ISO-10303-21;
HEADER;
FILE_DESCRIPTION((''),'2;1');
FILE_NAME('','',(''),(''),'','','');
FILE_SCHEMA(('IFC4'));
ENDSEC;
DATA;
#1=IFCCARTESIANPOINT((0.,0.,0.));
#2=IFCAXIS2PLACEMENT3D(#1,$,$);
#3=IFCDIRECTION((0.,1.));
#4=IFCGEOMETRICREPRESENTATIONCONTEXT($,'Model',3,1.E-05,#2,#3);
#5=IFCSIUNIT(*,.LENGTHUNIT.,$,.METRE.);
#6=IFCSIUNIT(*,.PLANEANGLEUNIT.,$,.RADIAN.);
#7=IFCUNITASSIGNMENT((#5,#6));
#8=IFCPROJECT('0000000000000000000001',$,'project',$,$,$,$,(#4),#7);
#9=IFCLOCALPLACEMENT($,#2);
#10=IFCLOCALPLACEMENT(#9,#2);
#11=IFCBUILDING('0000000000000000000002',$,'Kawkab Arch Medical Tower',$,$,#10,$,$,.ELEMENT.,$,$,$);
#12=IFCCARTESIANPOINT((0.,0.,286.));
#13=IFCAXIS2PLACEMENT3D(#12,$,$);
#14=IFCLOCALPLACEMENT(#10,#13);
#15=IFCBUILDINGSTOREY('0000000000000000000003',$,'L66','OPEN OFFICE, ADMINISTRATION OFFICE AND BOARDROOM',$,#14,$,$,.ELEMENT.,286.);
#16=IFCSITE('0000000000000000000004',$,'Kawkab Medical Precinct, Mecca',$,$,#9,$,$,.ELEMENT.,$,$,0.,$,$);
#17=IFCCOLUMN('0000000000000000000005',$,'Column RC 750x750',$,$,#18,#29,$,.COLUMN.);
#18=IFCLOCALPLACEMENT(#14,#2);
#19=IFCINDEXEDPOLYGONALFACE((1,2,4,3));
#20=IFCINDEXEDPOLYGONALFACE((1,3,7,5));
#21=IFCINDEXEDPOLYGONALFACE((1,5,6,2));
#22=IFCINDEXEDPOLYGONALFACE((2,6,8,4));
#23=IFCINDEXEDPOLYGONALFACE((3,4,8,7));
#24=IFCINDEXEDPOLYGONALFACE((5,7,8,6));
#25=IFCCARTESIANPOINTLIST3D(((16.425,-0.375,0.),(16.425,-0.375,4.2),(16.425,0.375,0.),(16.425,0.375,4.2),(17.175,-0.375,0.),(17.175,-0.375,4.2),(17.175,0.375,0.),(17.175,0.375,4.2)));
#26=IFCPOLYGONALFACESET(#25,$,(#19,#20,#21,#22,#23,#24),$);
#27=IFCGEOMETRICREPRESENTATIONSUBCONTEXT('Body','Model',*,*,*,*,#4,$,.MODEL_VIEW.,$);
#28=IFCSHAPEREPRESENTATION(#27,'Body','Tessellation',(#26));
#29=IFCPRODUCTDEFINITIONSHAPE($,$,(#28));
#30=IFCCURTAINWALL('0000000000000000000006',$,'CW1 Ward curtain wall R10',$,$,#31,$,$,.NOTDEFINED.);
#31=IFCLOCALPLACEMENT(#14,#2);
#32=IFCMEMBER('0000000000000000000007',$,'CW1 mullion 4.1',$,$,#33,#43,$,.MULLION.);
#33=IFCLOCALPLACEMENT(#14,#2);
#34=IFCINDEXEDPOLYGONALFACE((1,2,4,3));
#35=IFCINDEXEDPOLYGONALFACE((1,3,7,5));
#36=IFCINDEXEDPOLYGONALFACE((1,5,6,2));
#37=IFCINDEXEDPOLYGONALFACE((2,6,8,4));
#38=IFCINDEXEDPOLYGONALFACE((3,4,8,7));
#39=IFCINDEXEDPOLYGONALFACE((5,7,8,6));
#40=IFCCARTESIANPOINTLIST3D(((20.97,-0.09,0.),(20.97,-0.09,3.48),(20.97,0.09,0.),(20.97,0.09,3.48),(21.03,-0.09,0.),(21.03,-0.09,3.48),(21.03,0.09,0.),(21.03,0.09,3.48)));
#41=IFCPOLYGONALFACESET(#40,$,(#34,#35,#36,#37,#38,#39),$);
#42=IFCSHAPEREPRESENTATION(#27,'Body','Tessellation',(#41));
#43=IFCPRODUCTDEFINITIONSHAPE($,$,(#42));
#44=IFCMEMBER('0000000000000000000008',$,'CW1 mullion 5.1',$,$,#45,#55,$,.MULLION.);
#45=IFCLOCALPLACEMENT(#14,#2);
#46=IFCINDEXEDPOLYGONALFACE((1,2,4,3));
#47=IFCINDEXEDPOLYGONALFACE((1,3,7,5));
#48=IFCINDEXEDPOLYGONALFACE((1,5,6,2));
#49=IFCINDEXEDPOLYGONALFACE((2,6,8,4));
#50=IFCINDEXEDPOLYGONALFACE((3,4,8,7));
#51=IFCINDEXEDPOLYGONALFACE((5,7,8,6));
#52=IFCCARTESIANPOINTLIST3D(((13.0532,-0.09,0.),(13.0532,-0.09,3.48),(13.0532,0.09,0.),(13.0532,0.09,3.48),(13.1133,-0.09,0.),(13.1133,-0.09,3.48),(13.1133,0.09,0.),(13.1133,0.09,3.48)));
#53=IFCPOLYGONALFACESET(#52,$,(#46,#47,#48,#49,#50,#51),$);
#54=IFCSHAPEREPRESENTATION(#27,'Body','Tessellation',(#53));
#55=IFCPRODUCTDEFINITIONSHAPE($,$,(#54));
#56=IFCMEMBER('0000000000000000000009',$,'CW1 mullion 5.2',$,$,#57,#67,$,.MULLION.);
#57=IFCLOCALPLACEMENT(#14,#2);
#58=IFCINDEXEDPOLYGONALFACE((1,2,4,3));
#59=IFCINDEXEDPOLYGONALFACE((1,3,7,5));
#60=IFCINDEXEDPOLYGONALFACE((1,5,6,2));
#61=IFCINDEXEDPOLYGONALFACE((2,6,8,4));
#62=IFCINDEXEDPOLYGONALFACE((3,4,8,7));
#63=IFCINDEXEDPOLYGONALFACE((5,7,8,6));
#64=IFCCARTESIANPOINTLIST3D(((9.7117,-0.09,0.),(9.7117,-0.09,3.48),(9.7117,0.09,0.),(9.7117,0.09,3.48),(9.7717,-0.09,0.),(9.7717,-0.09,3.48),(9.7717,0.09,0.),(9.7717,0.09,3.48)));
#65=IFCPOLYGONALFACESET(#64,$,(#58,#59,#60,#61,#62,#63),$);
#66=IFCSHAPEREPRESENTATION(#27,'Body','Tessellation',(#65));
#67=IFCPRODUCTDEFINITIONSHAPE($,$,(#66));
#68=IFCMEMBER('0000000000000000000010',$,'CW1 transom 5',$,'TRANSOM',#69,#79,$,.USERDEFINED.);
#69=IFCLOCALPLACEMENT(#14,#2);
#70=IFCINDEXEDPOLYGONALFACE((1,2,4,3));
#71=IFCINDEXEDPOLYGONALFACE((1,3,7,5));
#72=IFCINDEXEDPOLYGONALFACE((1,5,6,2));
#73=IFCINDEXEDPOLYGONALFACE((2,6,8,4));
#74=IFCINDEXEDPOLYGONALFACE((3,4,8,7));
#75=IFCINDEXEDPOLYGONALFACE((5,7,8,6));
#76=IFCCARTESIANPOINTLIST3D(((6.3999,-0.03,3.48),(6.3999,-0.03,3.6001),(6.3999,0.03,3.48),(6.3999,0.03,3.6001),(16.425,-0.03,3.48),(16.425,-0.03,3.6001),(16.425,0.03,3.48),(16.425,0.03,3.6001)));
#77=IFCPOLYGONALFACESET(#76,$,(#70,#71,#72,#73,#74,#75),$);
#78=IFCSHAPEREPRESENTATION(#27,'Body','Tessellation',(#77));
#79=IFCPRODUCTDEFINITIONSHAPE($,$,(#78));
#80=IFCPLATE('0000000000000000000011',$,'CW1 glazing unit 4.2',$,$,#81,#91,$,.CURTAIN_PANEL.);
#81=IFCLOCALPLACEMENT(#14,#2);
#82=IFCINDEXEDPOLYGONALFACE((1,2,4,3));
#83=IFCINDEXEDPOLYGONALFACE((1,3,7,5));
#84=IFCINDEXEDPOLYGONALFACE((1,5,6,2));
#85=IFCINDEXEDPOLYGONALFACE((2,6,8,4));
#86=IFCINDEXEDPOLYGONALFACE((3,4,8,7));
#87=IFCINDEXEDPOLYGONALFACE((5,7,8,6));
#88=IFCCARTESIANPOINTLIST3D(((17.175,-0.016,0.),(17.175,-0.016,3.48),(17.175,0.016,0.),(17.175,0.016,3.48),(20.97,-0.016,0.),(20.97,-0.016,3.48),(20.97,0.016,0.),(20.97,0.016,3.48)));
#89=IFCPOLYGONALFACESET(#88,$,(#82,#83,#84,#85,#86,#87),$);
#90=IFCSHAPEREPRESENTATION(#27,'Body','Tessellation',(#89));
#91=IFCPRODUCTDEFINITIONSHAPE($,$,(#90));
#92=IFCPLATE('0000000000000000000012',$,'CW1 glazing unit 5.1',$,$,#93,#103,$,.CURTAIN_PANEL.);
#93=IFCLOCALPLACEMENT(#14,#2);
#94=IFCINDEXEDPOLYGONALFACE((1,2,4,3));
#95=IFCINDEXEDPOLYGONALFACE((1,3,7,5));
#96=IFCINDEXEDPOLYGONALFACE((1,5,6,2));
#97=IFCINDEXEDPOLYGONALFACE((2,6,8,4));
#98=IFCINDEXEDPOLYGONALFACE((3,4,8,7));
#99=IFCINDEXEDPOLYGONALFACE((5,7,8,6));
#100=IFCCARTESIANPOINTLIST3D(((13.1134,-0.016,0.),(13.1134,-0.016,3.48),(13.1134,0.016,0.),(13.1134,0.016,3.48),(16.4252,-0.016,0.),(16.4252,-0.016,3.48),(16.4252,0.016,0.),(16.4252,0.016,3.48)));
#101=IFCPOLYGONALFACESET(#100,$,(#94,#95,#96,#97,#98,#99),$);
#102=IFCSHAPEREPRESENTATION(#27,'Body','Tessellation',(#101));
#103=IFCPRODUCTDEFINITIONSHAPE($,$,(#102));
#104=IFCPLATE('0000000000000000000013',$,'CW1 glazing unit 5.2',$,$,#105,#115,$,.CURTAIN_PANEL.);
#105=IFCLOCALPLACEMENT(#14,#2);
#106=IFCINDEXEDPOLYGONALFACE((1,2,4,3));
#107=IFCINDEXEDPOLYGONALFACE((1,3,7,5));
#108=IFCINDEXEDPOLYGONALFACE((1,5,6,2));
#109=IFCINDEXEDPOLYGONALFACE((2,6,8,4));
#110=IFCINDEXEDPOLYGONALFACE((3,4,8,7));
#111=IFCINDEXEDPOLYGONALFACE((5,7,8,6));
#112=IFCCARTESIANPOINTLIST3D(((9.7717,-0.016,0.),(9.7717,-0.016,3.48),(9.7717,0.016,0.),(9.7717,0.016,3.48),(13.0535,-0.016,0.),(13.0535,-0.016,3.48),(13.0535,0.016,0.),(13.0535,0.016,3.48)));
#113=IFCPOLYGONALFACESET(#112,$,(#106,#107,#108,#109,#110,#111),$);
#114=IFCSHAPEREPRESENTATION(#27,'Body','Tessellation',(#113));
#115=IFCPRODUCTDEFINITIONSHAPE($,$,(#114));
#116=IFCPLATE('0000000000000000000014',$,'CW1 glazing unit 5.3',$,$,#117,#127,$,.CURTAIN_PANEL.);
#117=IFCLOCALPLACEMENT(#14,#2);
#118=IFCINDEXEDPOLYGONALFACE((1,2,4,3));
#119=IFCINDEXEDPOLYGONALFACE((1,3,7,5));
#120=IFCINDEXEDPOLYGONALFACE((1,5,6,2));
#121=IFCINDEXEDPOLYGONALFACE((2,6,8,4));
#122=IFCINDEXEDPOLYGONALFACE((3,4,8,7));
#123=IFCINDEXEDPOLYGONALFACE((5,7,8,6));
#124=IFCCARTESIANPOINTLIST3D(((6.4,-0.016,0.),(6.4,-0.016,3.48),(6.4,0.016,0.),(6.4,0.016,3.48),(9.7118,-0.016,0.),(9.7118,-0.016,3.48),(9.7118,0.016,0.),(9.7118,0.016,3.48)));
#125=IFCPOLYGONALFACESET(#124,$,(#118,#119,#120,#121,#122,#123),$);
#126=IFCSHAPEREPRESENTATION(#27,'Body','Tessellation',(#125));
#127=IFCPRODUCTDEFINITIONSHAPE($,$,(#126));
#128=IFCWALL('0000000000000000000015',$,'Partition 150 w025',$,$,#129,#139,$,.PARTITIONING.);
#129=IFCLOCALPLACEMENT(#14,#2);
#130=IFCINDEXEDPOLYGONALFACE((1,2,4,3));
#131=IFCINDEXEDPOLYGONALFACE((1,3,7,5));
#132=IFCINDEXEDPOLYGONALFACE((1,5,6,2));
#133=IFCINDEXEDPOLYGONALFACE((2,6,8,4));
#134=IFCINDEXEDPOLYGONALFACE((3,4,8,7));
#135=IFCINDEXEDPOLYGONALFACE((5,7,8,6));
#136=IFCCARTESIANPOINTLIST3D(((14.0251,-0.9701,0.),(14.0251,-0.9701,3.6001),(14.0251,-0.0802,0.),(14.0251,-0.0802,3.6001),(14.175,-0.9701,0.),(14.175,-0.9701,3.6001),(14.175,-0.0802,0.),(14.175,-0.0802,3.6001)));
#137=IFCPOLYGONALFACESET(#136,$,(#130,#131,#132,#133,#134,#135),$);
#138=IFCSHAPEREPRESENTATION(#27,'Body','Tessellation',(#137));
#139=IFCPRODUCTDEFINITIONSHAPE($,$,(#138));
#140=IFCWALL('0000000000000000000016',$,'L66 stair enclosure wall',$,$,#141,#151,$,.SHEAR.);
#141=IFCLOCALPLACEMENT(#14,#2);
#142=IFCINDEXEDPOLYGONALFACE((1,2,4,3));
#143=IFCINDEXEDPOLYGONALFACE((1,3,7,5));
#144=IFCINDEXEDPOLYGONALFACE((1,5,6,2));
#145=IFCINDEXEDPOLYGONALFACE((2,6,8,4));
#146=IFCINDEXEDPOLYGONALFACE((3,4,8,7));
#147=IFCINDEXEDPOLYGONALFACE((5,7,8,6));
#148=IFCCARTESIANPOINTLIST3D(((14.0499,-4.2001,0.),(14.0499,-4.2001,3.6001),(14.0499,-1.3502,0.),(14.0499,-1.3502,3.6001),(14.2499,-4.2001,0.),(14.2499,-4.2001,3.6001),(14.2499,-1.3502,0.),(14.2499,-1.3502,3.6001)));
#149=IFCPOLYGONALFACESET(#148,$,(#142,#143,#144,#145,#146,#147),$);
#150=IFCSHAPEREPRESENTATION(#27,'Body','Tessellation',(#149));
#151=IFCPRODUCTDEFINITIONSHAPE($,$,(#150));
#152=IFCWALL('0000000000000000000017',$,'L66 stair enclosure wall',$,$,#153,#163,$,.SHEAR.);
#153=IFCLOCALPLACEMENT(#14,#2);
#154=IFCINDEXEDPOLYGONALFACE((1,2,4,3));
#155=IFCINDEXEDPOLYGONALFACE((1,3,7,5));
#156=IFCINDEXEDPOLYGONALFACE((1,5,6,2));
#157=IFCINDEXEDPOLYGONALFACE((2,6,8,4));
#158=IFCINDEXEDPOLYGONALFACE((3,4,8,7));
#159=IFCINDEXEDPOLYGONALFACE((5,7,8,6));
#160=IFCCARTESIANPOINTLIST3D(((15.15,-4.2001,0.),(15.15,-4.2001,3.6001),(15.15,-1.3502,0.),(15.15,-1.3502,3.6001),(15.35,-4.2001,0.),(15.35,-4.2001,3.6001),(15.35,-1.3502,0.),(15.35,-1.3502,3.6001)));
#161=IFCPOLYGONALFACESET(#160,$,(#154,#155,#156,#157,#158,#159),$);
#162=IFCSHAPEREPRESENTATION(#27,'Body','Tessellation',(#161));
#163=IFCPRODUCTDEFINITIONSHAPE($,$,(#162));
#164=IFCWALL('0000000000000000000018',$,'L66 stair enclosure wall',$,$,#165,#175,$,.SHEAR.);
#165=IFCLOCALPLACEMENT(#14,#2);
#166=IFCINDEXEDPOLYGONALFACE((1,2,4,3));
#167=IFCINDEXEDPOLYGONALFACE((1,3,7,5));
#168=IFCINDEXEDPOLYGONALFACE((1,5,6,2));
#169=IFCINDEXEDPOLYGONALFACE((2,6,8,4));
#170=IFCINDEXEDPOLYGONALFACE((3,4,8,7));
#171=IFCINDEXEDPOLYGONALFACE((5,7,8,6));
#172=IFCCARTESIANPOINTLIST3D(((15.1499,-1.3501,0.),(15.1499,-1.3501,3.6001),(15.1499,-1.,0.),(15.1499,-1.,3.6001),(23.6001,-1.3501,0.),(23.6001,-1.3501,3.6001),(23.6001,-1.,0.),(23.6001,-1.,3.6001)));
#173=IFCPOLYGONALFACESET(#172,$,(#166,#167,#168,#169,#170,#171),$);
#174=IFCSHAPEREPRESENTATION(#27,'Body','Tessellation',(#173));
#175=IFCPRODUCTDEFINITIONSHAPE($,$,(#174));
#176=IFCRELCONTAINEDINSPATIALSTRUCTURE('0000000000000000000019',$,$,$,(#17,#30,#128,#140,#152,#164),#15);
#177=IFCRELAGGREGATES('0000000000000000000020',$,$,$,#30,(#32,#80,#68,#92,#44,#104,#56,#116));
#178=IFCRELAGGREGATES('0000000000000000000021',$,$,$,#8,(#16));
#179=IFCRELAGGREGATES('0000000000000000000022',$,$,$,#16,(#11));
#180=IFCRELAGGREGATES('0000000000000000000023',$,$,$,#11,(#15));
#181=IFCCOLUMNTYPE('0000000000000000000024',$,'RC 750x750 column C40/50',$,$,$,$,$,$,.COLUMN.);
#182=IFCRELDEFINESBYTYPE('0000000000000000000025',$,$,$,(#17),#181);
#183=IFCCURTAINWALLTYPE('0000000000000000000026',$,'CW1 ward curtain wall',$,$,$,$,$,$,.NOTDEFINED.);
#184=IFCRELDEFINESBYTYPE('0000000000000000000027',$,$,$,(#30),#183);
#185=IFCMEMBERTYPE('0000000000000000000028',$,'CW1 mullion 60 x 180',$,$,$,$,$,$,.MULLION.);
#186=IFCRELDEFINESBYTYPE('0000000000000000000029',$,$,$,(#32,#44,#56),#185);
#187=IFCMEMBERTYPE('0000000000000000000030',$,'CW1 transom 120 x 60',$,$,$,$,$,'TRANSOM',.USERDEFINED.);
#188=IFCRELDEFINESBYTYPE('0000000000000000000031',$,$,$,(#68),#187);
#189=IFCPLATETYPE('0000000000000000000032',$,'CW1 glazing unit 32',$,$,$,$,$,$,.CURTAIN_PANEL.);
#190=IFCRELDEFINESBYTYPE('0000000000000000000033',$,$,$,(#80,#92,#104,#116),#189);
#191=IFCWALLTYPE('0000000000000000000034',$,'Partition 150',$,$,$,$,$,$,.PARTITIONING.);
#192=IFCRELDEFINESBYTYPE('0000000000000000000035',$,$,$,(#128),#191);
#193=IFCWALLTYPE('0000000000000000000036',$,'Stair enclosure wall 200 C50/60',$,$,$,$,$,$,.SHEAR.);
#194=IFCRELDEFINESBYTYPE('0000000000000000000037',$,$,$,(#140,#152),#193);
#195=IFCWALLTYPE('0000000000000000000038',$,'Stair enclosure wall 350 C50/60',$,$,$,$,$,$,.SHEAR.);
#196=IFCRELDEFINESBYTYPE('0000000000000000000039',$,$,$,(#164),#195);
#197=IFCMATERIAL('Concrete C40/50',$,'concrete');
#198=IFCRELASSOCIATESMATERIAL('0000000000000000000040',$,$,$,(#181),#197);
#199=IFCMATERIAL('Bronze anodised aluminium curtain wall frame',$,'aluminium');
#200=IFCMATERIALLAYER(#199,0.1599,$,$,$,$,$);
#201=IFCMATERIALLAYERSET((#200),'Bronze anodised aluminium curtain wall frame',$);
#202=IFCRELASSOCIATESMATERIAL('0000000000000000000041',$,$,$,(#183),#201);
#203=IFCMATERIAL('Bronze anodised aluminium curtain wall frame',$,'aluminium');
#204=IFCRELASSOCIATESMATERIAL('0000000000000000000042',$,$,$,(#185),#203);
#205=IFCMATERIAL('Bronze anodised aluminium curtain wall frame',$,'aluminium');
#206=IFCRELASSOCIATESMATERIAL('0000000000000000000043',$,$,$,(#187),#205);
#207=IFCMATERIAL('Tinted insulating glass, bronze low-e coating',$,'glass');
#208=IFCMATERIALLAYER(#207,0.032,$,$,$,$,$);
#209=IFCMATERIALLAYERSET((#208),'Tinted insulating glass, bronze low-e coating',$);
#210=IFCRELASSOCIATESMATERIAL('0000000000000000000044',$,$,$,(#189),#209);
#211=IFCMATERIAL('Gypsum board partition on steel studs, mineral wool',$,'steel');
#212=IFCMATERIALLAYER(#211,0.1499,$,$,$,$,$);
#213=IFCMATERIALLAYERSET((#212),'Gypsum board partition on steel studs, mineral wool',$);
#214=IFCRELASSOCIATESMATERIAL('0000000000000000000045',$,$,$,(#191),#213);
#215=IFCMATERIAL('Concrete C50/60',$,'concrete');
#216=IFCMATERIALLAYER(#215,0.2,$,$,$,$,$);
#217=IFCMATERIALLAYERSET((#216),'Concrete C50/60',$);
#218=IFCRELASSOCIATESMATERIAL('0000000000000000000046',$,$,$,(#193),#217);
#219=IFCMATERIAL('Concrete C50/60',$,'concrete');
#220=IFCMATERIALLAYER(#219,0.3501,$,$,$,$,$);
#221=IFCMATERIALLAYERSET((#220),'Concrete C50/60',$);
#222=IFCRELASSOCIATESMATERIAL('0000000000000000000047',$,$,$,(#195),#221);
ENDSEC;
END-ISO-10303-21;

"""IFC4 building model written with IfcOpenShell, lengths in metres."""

from ifc_helpers import new_model, si_unit, direction, frame, frame_2d, origin, origin_2d, place, context, subcontext, project, spatial, rectangle, extrude, material, layer, layer_set, material_profile, profile_set, type_object, element, aggregate, save


model = new_model("IFC4")

# Units and contexts
model_context = context("Model", 3, precision=1e-05, world=origin(), true_north=direction((0.0, 1.0)))
body_context = subcontext(model_context, "Body", "Model", "MODEL_VIEW")
ifc_project = project(units=[si_unit("LENGTHUNIT", "METRE"), si_unit("PLANEANGLEUNIT", "RADIAN")], contexts=[model_context])

# Site, building, storey
site_placement = place(None, origin())
site = spatial("IfcSite", under=ifc_project, at=site_placement, Name="Kawkab Medical Precinct, Mecca", CompositionType="ELEMENT", RefElevation=0.0)
building_placement = place(site_placement, origin())
building = spatial("IfcBuilding", under=site, at=building_placement, Name="Kawkab Arch Medical Tower", CompositionType="ELEMENT")
storey_placement = place(building_placement, frame((0.0, 0.0, 286.0)))
storey = spatial("IfcBuildingStorey", under=building, at=storey_placement, Name="L66", Description="OPEN OFFICE, ADMINISTRATION OFFICE AND BOARDROOM", CompositionType="ELEMENT", Elevation=286.0)

# Column
ifc_material_1 = material(Name="Concrete C40/50", Category="concrete")
ifc_material_profile_1 = material_profile(ifc_material_1, rectangle(XDim=0.75, YDim=0.75, at=origin_2d()), Name="RC 750x750")
ifc_profile_set_1 = profile_set([ifc_material_profile_1], Name="Concrete C40/50")
column_type = type_object("IfcColumnType", Name="RC 750x750 column C40/50", PredefinedType="COLUMN", material=ifc_profile_set_1)
column_placement = place(storey_placement, frame((16.8, 0.0, 0.0), z_axis=(0.0, 0.0, 1.0), x_axis=(1.0, 0.0, 0.0)))
element("IfcColumn", 1, at=column_placement, inside=storey, type_object=column_type, Name="Column RC 750x750", PredefinedType="COLUMN", context=body_context, shape_type="SweptSolid", body=[
    extrude(rectangle(XDim=0.75, YDim=0.75, at=origin_2d()), origin(), (0.0, 0.0, 1.0), 4.2),
])

# Curtain wall, members, plates
ifc_material_2 = material(Name="Bronze anodised aluminium curtain wall frame", Category="aluminium")
ifc_layer_1 = layer(ifc_material_2, 0.1599)
ifc_layer_set_1 = layer_set([ifc_layer_1], Name="Bronze anodised aluminium curtain wall frame")
curtain_wall_type = type_object("IfcCurtainWallType", Name="CW1 ward curtain wall", PredefinedType="NOTDEFINED", material=ifc_layer_set_1)
placement = place(storey_placement, origin())
curtain_wall = element("IfcCurtainWall", 2, at=placement, inside=storey, type_object=curtain_wall_type, Name="CW1 Ward curtain wall R10", PredefinedType="NOTDEFINED")
ifc_material_3 = material(Name="Bronze anodised aluminium curtain wall frame", Category="aluminium")
ifc_material_profile_2 = material_profile(ifc_material_3, rectangle(XDim=0.1799, YDim=0.0601, at=origin_2d()), Name="AL 60x180")
ifc_profile_set_2 = profile_set([ifc_material_profile_2], Name="Bronze anodised aluminium curtain wall frame")
member_type_1 = type_object("IfcMemberType", Name="CW1 mullion 60 x 180", PredefinedType="MULLION", material=ifc_profile_set_2)
member_1_placement = place(storey_placement, frame((21.0, 0.0, 0.0), z_axis=(0.0, 0.0, 1.0), x_axis=(0.0, -1.0, 0.0)))
member_1 = element("IfcMember", 3, at=member_1_placement, type_object=member_type_1, Name="CW1 mullion 4.1", PredefinedType="MULLION", context=body_context, shape_type="SweptSolid", body=[
    extrude(rectangle(XDim=0.1799, YDim=0.0601, at=origin_2d()), origin(), (0.0, 0.0, 1.0), 3.48),
])
member_2_placement = place(storey_placement, frame((13.0833, 0.0, 0.0), z_axis=(0.0, 0.0, 1.0), x_axis=(0.0, -1.0, 0.0)))
member_2 = element("IfcMember", 4, at=member_2_placement, type_object=member_type_1, Name="CW1 mullion 5.1", PredefinedType="MULLION", context=body_context, shape_type="SweptSolid", body=[
    extrude(rectangle(XDim=0.1799, YDim=0.0601, at=origin_2d()), origin(), (0.0, 0.0, 1.0), 3.48),
])
member_3_placement = place(storey_placement, frame((9.7417, 0.0, 0.0), z_axis=(0.0, 0.0, 1.0), x_axis=(0.0, -1.0, 0.0)))
member_3 = element("IfcMember", 5, at=member_3_placement, type_object=member_type_1, Name="CW1 mullion 5.2", PredefinedType="MULLION", context=body_context, shape_type="SweptSolid", body=[
    extrude(rectangle(XDim=0.1799, YDim=0.0601, at=origin_2d()), origin(), (0.0, 0.0, 1.0), 3.48),
])
ifc_material_4 = material(Name="Bronze anodised aluminium curtain wall frame", Category="aluminium")
ifc_material_profile_3 = material_profile(ifc_material_4, rectangle(XDim=0.0601, YDim=0.1201, at=origin_2d()), Name="AL 60x120")
ifc_profile_set_3 = profile_set([ifc_material_profile_3], Name="Bronze anodised aluminium curtain wall frame")
member_type_2 = type_object("IfcMemberType", Name="CW1 transom 120 x 60", ElementType="TRANSOM", PredefinedType="USERDEFINED", material=ifc_profile_set_3)
member_4_placement = place(storey_placement, frame((16.425, 0.0, 3.54), z_axis=(-1.0, 0.0, 0.0), x_axis=(0.0, -1.0, 0.0)))
member_4 = element("IfcMember", 6, at=member_4_placement, type_object=member_type_2, Name="CW1 transom 5", ObjectType="TRANSOM", PredefinedType="USERDEFINED", context=body_context, shape_type="SweptSolid", body=[
    extrude(rectangle(XDim=0.0601, YDim=0.1201, at=origin_2d()), origin(), (0.0, 0.0, 1.0), 10.0251),
])
ifc_material_5 = material(Name="Tinted insulating glass, bronze low-e coating", Category="glass")
ifc_layer_2 = layer(ifc_material_5, 0.032)
ifc_layer_set_2 = layer_set([ifc_layer_2], Name="Tinted insulating glass, bronze low-e coating")
plate_type = type_object("IfcPlateType", Name="CW1 glazing unit 32", PredefinedType="CURTAIN_PANEL", material=ifc_layer_set_2)
plate_1_placement = place(storey_placement, frame((19.0725, 0.0, 0.0), z_axis=(0.0, 0.0, 1.0), x_axis=(-1.0, 0.0, 0.0)))
plate_1 = element("IfcPlate", 7, at=plate_1_placement, type_object=plate_type, Name="CW1 glazing unit 4.2", PredefinedType="CURTAIN_PANEL", context=body_context, shape_type="SweptSolid", body=[
    extrude(rectangle(XDim=3.7949, YDim=0.032, at=origin_2d()), origin(), (0.0, 0.0, 1.0), 3.48),
])
plate_2_placement = place(storey_placement, frame((14.7693, 0.0, 0.0), z_axis=(0.0, 0.0, 1.0), x_axis=(-1.0, 0.0, 0.0)))
plate_2 = element("IfcPlate", 8, at=plate_2_placement, type_object=plate_type, Name="CW1 glazing unit 5.1", PredefinedType="CURTAIN_PANEL", context=body_context, shape_type="SweptSolid", body=[
    extrude(rectangle(XDim=3.3118, YDim=0.032, at=origin_2d()), origin(), (0.0, 0.0, 1.0), 3.48),
])
plate_3_placement = place(storey_placement, frame((11.4126, 0.0, 0.0), z_axis=(0.0, 0.0, 1.0), x_axis=(-1.0, 0.0, 0.0)))
plate_3 = element("IfcPlate", 9, at=plate_3_placement, type_object=plate_type, Name="CW1 glazing unit 5.2", PredefinedType="CURTAIN_PANEL", context=body_context, shape_type="SweptSolid", body=[
    extrude(rectangle(XDim=3.2817, YDim=0.032, at=origin_2d()), origin(), (0.0, 0.0, 1.0), 3.48),
])
plate_4_placement = place(storey_placement, frame((8.0559, 0.0, 0.0), z_axis=(0.0, 0.0, 1.0), x_axis=(-1.0, 0.0, 0.0)))
plate_4 = element("IfcPlate", 10, at=plate_4_placement, type_object=plate_type, Name="CW1 glazing unit 5.3", PredefinedType="CURTAIN_PANEL", context=body_context, shape_type="SweptSolid", body=[
    extrude(rectangle(XDim=3.3118, YDim=0.032, at=origin_2d()), origin(), (0.0, 0.0, 1.0), 3.48),
])
aggregate(curtain_wall, [member_1, plate_1, member_4, plate_2, member_2, plate_3, member_3, plate_4])

# Walls
ifc_material_6 = material(Name="Gypsum board partition on steel studs, mineral wool", Category="steel")
ifc_layer_3 = layer(ifc_material_6, 0.1499)
ifc_layer_set_3 = layer_set([ifc_layer_3], Name="Gypsum board partition on steel studs, mineral wool")
wall_type_1 = type_object("IfcWallType", Name="Partition 150", PredefinedType="PARTITIONING", material=ifc_layer_set_3)
wall_1_placement = place(storey_placement, frame((14.1001, -0.97, 0.0), z_axis=(0.0, 0.0, 1.0), x_axis=(0.0, 1.0, 0.0)))
element("IfcWall", 11, at=wall_1_placement, inside=storey, type_object=wall_type_1, Name="Partition 150 w025", PredefinedType="PARTITIONING", context=body_context, shape_type="SweptSolid", body=[
    extrude(rectangle(XDim=0.8899, YDim=0.1499, at=frame_2d((0.4448, 0.0))), origin(), (0.0, 0.0, 1.0), 3.6001),
])
ifc_material_7 = material(Name="Concrete C50/60", Category="concrete")
ifc_layer_4 = layer(ifc_material_7, 0.2)
ifc_layer_set_4 = layer_set([ifc_layer_4], Name="Concrete C50/60")
wall_type_2 = type_object("IfcWallType", Name="Stair enclosure wall 200 C50/60", PredefinedType="SHEAR", material=ifc_layer_set_4)
for number, where, z_axis, x_axis, name in (
    (12, (14.1499, -4.2, 0.0), (0.0, 0.0, 1.0), (0.0, 1.0, 0.0), "L66 stair enclosure wall"),
    (13, (15.25, -4.2, 0.0), (0.0, 0.0, 1.0), (0.0, 1.0, 0.0), "L66 stair enclosure wall"),
):
    element("IfcWall", number, at=place(storey_placement, frame(where, z_axis=z_axis, x_axis=x_axis)), inside=storey, type_object=wall_type_2, Name=name, PredefinedType="SHEAR", context=body_context, shape_type="SweptSolid", body=[
        extrude(rectangle(XDim=2.8499, YDim=0.2, at=frame_2d((1.4248, 0.0))), origin(), (0.0, 0.0, 1.0), 3.6001),
    ])
ifc_material_8 = material(Name="Concrete C50/60", Category="concrete")
ifc_layer_5 = layer(ifc_material_8, 0.3501)
ifc_layer_set_5 = layer_set([ifc_layer_5], Name="Concrete C50/60")
wall_type_3 = type_object("IfcWallType", Name="Stair enclosure wall 350 C50/60", PredefinedType="SHEAR", material=ifc_layer_set_5)
wall_2_placement = place(storey_placement, frame((15.1499, -1.175, 0.0), z_axis=(0.0, 0.0, 1.0), x_axis=(1.0, 0.0, 0.0)))
element("IfcWall", 14, at=wall_2_placement, inside=storey, type_object=wall_type_3, Name="L66 stair enclosure wall", PredefinedType="SHEAR", context=body_context, shape_type="SweptSolid", body=[
    extrude(rectangle(XDim=8.4502, YDim=0.3501, at=frame_2d((4.2251, 0.0))), origin(), (0.0, 0.0, 1.0), 3.6001),
])

save(model, "model.ifc")
